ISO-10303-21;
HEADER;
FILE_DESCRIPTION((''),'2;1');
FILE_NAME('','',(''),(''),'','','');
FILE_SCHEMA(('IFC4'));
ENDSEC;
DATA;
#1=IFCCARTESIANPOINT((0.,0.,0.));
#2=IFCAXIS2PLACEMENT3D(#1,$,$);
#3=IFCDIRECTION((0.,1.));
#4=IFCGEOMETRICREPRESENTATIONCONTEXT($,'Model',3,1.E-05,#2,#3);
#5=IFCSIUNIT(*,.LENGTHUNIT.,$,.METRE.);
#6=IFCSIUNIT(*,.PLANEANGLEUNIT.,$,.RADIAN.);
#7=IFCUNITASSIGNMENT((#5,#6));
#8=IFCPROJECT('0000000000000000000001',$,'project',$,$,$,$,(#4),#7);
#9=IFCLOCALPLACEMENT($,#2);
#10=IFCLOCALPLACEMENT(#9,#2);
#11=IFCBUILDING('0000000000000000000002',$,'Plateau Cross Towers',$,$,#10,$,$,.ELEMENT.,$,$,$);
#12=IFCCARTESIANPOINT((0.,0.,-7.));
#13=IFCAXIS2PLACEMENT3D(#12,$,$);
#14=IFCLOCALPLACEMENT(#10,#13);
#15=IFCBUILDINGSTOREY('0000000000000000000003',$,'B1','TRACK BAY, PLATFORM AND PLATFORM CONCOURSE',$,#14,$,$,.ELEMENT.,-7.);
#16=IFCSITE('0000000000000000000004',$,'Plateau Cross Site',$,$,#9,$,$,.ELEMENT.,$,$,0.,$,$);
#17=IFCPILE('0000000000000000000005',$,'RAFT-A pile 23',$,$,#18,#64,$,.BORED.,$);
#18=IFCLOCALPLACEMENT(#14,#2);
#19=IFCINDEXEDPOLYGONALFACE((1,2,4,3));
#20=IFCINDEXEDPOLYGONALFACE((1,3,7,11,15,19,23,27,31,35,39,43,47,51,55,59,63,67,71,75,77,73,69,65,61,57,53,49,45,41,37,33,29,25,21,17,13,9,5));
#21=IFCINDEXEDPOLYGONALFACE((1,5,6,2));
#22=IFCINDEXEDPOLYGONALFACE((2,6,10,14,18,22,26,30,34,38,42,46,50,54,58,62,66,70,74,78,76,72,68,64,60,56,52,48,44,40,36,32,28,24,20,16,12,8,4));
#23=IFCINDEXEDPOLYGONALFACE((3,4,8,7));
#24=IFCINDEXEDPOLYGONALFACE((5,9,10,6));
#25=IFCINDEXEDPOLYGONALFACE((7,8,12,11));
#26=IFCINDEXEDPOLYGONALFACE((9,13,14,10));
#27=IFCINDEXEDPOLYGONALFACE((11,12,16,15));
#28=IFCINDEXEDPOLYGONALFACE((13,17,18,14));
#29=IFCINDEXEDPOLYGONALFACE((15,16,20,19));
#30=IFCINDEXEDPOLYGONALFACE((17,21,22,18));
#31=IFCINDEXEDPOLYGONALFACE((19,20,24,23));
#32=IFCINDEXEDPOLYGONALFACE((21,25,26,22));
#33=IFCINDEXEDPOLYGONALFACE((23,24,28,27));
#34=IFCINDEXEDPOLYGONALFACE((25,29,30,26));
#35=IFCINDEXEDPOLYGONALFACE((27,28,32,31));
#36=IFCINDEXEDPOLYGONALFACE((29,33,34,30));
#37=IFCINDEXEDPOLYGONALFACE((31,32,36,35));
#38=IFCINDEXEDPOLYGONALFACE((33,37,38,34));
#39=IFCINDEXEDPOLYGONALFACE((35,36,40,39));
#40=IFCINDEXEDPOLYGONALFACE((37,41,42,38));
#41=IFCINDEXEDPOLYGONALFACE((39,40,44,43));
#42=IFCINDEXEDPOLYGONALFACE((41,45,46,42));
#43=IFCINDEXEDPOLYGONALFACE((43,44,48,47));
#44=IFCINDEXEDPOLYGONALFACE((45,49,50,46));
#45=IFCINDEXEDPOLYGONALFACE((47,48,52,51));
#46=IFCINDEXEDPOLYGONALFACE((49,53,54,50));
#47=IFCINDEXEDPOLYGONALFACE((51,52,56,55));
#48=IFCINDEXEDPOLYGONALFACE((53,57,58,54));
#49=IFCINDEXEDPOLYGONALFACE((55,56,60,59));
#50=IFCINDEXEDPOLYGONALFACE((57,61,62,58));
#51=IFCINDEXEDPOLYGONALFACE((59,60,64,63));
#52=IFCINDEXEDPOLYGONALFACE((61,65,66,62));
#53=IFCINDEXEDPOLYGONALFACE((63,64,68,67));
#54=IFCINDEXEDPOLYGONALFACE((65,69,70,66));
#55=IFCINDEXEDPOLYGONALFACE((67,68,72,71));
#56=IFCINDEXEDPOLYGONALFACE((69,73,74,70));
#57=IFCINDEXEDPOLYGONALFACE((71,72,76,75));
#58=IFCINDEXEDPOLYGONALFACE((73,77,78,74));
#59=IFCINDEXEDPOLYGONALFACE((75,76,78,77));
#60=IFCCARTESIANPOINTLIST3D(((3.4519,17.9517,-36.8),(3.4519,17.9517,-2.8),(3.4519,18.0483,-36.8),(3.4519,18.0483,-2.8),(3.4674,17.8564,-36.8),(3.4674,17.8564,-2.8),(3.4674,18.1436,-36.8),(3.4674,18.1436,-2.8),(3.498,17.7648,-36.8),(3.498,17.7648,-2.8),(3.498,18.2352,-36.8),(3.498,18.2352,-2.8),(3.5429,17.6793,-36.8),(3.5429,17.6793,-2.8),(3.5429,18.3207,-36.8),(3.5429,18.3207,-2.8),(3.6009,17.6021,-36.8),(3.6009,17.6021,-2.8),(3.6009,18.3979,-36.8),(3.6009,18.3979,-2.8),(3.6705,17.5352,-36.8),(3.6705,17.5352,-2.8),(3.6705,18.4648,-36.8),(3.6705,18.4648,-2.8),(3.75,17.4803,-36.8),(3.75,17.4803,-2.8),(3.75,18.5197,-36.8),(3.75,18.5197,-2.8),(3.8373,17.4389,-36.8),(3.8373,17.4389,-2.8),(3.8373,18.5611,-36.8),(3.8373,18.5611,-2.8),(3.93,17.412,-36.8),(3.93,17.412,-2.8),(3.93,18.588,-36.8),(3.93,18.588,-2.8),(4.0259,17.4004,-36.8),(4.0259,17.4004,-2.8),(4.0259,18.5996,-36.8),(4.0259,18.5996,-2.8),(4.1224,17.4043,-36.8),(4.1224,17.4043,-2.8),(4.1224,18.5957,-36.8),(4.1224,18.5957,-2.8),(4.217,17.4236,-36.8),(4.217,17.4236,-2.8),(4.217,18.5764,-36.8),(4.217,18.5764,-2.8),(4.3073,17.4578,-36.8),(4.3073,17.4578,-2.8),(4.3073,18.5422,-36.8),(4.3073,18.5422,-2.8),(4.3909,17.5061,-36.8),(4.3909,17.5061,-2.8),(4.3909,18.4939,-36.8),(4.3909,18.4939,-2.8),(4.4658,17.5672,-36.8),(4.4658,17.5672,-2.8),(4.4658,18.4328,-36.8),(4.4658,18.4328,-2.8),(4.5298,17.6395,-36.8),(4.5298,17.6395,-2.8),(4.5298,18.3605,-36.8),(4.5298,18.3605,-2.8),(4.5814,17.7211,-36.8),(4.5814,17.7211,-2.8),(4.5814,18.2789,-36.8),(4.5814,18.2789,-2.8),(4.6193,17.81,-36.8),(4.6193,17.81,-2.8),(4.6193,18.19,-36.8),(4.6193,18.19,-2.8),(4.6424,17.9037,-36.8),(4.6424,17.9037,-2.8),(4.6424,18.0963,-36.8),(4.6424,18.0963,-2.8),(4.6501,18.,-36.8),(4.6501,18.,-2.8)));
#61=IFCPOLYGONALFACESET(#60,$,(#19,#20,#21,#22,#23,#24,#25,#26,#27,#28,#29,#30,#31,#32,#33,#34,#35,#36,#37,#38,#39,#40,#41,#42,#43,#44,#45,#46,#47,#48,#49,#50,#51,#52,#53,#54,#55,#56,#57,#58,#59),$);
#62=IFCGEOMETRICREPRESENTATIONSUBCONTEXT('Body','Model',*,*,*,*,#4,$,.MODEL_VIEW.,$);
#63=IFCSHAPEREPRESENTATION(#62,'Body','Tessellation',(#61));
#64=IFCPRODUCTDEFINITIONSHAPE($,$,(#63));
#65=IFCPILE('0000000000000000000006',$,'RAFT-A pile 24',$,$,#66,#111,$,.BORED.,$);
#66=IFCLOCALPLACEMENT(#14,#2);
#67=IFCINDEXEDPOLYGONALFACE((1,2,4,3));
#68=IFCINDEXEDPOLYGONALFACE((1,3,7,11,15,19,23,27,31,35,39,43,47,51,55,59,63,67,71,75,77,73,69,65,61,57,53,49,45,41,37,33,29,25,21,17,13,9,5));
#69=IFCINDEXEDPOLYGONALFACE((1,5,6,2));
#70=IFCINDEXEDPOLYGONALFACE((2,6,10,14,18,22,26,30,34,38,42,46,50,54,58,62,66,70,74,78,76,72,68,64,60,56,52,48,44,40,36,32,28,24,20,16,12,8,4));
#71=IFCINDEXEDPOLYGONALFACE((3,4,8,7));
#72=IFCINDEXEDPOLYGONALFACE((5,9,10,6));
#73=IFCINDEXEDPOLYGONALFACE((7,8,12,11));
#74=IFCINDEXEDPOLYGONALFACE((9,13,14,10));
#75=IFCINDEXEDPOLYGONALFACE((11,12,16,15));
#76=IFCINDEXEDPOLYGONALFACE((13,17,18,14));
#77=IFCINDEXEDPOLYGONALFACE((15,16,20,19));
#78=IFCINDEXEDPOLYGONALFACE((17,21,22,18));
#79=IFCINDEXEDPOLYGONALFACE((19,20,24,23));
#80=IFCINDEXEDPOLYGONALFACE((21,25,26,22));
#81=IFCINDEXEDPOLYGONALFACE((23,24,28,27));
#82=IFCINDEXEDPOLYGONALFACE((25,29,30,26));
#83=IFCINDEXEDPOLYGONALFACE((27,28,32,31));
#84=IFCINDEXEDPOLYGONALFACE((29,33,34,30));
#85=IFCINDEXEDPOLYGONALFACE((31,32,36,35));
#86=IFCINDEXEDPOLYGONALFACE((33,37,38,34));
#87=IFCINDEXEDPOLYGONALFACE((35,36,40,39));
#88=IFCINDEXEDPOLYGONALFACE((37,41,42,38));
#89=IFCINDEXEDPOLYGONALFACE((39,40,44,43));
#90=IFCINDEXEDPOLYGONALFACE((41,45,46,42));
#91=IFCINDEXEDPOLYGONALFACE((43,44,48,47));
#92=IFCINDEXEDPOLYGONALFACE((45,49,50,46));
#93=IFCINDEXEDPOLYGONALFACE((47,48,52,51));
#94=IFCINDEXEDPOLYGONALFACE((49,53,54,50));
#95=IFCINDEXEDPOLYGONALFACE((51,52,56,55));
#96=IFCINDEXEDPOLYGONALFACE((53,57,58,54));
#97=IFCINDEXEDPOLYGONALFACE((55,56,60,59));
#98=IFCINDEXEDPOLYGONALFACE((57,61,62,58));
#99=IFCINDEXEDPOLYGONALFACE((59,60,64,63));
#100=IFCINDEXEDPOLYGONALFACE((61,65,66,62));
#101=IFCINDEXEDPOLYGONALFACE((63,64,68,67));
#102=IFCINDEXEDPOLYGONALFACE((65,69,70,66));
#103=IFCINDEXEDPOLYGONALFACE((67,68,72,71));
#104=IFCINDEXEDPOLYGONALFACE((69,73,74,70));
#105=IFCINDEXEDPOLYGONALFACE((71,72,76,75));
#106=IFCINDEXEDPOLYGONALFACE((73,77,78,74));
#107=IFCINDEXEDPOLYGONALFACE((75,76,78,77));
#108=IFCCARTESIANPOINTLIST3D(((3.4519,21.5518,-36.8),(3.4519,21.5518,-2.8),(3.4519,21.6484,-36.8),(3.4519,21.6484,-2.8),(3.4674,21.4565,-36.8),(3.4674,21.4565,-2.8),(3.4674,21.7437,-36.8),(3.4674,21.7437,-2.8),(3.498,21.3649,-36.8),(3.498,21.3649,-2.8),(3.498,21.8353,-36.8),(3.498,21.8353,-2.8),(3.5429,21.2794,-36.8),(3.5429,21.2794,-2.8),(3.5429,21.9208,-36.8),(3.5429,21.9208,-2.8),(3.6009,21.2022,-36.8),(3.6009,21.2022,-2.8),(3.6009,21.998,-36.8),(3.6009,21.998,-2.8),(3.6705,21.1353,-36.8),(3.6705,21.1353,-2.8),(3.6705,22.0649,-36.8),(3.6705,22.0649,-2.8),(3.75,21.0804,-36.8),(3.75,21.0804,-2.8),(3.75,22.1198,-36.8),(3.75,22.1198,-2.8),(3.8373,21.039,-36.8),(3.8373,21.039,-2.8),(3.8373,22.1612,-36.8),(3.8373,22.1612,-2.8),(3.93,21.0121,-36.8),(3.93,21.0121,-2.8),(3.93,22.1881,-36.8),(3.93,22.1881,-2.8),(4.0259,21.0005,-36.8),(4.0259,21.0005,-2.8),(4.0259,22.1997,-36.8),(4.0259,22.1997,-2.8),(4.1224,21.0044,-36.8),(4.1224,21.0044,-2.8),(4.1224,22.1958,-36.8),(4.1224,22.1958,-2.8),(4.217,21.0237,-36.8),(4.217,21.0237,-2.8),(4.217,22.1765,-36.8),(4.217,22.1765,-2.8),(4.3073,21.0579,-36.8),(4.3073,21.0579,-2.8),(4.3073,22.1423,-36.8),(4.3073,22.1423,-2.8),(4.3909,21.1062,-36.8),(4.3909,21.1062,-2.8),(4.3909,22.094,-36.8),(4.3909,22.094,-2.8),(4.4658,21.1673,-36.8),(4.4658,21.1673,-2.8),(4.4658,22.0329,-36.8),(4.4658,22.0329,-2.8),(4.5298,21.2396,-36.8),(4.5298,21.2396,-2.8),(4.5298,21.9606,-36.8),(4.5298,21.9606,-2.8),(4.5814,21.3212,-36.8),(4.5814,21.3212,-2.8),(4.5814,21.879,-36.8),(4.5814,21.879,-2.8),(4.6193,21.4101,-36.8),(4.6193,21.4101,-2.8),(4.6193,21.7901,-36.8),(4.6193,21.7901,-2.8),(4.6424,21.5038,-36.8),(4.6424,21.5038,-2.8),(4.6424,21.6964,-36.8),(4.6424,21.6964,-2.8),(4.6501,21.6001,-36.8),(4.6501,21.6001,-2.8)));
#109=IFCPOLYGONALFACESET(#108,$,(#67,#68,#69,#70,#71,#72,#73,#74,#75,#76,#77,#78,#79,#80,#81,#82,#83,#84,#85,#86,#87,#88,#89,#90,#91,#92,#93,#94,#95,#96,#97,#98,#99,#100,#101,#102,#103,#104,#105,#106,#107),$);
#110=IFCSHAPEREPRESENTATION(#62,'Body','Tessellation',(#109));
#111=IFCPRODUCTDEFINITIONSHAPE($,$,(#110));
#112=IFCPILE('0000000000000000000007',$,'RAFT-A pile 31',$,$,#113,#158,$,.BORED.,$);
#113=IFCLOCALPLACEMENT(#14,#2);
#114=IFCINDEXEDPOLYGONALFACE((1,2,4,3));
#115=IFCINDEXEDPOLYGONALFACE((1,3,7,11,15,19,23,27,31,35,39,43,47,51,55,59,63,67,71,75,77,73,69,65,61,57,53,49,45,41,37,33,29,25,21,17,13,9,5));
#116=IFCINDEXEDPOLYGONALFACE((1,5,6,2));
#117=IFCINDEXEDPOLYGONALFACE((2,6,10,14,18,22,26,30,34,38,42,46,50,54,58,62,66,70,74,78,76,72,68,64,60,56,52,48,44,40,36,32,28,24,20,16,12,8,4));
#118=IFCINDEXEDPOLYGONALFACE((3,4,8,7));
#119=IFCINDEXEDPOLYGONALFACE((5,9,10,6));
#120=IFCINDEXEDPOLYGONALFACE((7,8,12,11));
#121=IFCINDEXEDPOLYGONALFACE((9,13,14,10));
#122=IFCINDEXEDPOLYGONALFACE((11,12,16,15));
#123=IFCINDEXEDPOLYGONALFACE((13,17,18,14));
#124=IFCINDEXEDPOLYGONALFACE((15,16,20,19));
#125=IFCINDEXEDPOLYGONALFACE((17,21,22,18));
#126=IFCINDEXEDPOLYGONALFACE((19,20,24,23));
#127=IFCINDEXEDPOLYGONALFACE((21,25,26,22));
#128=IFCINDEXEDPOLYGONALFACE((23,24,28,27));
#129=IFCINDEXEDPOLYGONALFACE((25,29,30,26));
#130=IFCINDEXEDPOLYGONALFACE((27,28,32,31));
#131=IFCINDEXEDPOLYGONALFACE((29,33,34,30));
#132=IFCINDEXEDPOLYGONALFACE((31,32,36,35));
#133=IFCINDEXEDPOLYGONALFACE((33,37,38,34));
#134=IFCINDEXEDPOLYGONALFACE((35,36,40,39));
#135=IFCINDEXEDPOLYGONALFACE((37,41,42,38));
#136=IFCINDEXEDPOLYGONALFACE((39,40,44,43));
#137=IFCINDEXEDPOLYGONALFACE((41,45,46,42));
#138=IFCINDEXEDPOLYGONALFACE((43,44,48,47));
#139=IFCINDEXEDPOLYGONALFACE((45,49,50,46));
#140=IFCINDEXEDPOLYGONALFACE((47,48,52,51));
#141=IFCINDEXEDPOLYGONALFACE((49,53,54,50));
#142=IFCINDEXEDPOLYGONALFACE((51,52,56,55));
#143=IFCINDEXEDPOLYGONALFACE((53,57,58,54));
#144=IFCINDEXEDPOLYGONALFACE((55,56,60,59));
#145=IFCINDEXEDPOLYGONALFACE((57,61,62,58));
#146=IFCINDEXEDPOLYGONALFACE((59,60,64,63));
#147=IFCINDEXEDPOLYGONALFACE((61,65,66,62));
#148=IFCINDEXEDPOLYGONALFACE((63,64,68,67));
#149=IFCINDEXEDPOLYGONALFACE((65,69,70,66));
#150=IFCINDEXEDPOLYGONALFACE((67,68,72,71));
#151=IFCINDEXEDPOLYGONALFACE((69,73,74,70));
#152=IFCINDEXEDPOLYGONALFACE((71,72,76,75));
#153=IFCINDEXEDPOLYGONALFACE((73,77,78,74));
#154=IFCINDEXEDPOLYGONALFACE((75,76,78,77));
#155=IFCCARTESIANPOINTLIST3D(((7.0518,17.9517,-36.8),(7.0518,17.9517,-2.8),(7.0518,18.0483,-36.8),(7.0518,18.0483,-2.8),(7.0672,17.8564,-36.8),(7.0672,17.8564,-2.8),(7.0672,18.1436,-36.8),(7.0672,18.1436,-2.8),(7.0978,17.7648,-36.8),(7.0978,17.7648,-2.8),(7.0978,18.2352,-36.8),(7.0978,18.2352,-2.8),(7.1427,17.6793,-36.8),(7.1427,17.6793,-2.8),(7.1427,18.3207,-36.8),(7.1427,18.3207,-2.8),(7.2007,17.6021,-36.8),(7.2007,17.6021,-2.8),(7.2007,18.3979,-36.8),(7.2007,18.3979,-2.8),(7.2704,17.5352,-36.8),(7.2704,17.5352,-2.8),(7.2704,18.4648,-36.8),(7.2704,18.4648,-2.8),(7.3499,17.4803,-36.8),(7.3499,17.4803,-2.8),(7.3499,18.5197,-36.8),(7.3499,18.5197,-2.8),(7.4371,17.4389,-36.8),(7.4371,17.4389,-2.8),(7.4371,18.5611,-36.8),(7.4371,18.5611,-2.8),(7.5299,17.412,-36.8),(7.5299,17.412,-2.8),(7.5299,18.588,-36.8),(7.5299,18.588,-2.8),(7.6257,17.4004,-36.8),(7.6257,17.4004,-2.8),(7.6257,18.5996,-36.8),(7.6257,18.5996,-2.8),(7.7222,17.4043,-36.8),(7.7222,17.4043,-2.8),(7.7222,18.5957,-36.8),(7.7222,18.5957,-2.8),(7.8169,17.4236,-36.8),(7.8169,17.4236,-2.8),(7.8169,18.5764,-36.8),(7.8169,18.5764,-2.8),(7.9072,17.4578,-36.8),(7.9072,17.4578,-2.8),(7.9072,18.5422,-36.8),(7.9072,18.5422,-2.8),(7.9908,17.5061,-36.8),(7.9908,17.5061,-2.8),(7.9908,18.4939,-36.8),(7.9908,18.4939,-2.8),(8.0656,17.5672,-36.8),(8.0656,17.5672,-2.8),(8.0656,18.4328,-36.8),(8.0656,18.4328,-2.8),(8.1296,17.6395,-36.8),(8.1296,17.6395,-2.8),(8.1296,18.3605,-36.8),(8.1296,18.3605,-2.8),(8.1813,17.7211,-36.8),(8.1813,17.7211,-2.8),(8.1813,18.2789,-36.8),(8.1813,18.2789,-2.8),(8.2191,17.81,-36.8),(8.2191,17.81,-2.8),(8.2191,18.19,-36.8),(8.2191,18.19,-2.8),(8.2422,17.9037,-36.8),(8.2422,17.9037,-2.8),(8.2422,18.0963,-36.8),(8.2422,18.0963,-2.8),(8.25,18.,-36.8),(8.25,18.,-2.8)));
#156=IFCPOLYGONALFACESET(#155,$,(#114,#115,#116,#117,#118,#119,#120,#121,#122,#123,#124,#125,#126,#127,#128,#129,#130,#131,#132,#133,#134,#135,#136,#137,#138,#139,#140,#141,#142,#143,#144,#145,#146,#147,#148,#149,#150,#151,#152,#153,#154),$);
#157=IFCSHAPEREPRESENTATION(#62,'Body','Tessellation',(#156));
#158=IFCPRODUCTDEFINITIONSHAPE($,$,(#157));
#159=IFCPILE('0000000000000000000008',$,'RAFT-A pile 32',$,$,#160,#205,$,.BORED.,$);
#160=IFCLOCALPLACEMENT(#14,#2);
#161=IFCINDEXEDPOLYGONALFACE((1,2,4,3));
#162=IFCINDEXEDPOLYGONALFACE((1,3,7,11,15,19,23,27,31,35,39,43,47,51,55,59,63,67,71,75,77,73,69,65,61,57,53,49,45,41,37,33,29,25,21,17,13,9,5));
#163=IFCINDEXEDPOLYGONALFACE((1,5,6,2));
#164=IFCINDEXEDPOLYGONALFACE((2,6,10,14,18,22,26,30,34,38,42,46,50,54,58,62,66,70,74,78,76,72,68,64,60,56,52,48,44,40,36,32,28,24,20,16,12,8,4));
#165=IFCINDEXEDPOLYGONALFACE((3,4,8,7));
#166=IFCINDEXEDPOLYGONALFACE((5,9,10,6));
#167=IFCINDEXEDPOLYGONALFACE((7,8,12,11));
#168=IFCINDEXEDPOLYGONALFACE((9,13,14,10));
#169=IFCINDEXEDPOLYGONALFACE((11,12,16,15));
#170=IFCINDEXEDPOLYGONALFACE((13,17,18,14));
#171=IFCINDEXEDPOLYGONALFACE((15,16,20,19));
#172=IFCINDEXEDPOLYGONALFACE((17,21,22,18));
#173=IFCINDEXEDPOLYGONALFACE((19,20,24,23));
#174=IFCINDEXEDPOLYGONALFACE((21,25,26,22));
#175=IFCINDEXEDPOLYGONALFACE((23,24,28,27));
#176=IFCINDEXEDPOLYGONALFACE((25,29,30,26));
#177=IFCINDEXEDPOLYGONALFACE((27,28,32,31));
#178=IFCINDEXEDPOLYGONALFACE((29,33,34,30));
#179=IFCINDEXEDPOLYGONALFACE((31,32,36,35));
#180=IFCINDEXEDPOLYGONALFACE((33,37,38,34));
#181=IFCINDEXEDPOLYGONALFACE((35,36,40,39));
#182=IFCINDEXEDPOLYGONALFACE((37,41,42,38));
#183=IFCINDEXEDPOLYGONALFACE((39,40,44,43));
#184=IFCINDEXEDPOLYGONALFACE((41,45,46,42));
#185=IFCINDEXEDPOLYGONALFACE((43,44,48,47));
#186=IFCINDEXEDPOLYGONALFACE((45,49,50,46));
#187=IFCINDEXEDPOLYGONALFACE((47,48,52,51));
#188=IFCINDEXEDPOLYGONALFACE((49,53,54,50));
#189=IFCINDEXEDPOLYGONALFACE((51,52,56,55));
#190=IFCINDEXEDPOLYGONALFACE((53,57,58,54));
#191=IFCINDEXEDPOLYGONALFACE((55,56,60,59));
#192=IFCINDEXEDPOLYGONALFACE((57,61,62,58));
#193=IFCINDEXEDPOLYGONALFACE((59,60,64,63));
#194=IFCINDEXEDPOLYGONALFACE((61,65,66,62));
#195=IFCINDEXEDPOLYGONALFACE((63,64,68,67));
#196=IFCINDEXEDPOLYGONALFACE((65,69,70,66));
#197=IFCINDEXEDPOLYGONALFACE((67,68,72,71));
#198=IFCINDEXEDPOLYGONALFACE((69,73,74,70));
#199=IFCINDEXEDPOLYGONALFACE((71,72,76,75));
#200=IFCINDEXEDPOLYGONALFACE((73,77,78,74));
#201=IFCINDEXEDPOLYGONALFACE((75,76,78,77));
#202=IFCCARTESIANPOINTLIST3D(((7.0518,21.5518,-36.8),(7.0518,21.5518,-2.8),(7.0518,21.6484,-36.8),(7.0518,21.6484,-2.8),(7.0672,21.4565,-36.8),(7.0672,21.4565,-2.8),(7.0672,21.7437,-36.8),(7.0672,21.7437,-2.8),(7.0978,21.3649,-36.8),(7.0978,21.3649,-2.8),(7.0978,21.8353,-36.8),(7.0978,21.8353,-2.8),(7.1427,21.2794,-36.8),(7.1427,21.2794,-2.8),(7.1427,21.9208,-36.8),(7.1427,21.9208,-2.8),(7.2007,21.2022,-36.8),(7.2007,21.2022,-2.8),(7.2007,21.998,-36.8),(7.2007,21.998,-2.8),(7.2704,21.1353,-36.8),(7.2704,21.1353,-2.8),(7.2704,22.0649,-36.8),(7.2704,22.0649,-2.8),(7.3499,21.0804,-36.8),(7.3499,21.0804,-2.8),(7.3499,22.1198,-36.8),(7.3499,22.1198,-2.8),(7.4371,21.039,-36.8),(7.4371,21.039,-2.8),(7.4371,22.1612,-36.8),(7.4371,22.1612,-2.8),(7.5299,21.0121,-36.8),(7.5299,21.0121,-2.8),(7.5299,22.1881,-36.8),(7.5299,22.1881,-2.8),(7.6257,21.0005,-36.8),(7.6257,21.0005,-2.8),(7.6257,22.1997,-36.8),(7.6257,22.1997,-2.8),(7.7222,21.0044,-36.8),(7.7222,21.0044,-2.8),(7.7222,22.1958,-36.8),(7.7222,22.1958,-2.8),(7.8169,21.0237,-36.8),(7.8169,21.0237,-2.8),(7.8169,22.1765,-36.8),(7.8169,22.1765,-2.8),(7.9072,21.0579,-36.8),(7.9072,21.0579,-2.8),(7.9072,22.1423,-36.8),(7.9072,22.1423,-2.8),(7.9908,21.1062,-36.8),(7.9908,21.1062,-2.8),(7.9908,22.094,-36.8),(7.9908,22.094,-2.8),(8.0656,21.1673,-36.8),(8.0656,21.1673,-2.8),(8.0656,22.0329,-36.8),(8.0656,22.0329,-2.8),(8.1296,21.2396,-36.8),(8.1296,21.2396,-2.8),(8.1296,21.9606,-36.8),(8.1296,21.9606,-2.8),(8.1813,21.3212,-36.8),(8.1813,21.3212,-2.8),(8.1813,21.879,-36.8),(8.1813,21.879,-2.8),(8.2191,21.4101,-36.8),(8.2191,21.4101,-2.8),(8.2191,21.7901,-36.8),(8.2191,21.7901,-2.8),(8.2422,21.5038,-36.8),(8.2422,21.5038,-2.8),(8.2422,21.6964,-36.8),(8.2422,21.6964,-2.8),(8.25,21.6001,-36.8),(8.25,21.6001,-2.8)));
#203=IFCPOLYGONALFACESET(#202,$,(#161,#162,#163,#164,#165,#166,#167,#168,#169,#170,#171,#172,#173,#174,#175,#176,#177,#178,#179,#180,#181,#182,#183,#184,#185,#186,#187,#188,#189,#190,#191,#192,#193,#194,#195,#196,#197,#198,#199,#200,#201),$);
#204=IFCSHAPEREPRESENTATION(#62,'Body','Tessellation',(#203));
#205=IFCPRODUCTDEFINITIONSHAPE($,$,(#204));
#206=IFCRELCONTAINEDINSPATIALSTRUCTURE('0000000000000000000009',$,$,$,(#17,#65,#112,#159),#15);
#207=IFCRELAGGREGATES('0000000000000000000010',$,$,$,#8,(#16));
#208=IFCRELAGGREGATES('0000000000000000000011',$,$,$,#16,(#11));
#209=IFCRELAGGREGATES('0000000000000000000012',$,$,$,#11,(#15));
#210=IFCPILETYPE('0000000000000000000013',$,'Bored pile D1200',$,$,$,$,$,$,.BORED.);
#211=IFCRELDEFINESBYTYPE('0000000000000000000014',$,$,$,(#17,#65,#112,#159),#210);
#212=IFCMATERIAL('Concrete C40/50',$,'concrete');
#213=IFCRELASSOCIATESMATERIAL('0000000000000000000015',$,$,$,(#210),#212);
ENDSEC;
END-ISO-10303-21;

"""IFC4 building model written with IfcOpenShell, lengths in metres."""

from ifc_helpers import new_model, si_unit, direction, frame, origin, origin_2d, place, context, subcontext, project, spatial, circle, extrude, material, material_profile, profile_set, type_object, element, save


model = new_model("IFC4")

# Units and contexts
model_context = context("Model", 3, precision=1e-05, world=origin(), true_north=direction((0.0, 1.0)))
body_context = subcontext(model_context, "Body", "Model", "MODEL_VIEW")
ifc_project = project(units=[si_unit("LENGTHUNIT", "METRE"), si_unit("PLANEANGLEUNIT", "RADIAN")], contexts=[model_context])

# Site, building, storey
site_placement = place(None, origin())
site = spatial("IfcSite", under=ifc_project, at=site_placement, Name="Plateau Cross Site", CompositionType="ELEMENT", RefElevation=0.0)
building_placement = place(site_placement, origin())
building = spatial("IfcBuilding", under=site, at=building_placement, Name="Plateau Cross Towers", CompositionType="ELEMENT")
storey_placement = place(building_placement, frame((0.0, 0.0, -7.0)))
storey = spatial("IfcBuildingStorey", under=building, at=storey_placement, Name="B1", Description="TRACK BAY, PLATFORM AND PLATFORM CONCOURSE", CompositionType="ELEMENT", Elevation=-7.0)

# Piles
ifc_material_1 = material(Name="Concrete C40/50", Category="concrete")
ifc_material_profile_1 = material_profile(ifc_material_1, circle(Radius=0.6001, at=origin_2d()), Name="Bored pile D1200")
ifc_profile_set_1 = profile_set([ifc_material_profile_1], Name="Concrete C40/50")
pile_type = type_object("IfcPileType", Name="Bored pile D1200", PredefinedType="BORED", material=ifc_profile_set_1)
for number, where, z_axis, x_axis, name in (
    (1, (4.05, 18.0, -2.8), (0.0, 0.0, -1.0), (1.0, 0.0, 0.0), "RAFT-A pile 23"),
    (2, (4.05, 21.6001, -2.8), (0.0, 0.0, -1.0), (1.0, 0.0, 0.0), "RAFT-A pile 24"),
    (3, (7.6499, 18.0, -2.8), (0.0, 0.0, -1.0), (1.0, 0.0, 0.0), "RAFT-A pile 31"),
    (4, (7.6499, 21.6001, -2.8), (0.0, 0.0, -1.0), (1.0, 0.0, 0.0), "RAFT-A pile 32"),
):
    element("IfcPile", number, at=place(storey_placement, frame(where, z_axis=z_axis, x_axis=x_axis)), inside=storey, type_object=pile_type, Name=name, PredefinedType="BORED", context=body_context, shape_type="SweptSolid", body=[
        extrude(circle(Radius=0.6001, at=origin_2d()), origin(), (0.0, 0.0, 1.0), 34.0),
    ])

save(model, "model.ifc")
